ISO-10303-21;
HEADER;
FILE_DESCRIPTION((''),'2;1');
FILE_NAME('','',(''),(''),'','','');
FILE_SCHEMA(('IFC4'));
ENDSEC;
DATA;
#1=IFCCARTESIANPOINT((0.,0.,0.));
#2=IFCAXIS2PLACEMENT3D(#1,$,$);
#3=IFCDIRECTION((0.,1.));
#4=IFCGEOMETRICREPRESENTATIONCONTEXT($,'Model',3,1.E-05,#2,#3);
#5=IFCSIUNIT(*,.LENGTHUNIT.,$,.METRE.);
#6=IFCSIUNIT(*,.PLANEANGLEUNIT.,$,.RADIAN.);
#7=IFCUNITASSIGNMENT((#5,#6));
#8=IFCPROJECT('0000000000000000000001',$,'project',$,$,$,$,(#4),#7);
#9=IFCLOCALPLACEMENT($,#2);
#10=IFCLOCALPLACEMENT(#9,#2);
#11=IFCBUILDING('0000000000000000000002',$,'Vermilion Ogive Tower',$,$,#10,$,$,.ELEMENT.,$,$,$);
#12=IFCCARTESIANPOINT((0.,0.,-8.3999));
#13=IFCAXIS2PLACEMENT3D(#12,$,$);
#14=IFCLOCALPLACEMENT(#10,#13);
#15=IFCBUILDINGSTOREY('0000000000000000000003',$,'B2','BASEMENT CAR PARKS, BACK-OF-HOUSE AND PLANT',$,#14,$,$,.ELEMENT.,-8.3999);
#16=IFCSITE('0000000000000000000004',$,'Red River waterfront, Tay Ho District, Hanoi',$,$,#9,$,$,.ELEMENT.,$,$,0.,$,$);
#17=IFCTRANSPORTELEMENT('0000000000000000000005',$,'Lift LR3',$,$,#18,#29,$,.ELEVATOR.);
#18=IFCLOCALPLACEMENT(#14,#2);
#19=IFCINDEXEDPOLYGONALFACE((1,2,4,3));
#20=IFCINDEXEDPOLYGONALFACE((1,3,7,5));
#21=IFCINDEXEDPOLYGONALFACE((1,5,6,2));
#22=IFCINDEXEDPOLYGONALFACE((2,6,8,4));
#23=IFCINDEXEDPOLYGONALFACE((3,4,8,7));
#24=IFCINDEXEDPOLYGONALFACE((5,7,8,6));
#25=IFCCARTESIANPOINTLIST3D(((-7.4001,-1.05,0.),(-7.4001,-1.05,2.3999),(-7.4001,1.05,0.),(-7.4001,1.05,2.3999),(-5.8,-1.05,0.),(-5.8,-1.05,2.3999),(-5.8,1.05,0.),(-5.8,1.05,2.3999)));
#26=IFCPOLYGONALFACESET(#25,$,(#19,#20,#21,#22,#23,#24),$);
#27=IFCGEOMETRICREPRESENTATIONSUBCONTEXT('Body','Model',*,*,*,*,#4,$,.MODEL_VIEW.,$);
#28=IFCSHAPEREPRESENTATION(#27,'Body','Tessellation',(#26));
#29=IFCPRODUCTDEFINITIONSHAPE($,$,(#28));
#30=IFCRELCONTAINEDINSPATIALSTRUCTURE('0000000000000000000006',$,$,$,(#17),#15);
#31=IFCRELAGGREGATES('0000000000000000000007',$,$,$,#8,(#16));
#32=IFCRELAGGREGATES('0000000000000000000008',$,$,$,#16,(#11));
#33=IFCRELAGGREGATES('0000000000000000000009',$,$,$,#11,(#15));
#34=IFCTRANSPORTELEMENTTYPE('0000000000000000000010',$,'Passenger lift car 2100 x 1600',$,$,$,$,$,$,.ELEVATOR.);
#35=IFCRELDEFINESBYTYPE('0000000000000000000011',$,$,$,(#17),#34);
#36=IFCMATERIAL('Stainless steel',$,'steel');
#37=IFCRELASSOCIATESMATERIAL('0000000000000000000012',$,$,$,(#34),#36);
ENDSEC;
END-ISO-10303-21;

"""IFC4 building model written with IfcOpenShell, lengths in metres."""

from ifc_helpers import new_model, si_unit, direction, frame, origin, origin_2d, place, context, subcontext, project, spatial, rectangle, extrude, material, type_object, element, save


model = new_model("IFC4")

# Units and contexts
model_context = context("Model", 3, precision=1e-05, world=origin(), true_north=direction((0.0, 1.0)))
body_context = subcontext(model_context, "Body", "Model", "MODEL_VIEW")
ifc_project = project(units=[si_unit("LENGTHUNIT", "METRE"), si_unit("PLANEANGLEUNIT", "RADIAN")], contexts=[model_context])

# Site, building, storey
site_placement = place(None, origin())
site = spatial("IfcSite", under=ifc_project, at=site_placement, Name="Red River waterfront, Tay Ho District, Hanoi", CompositionType="ELEMENT", RefElevation=0.0)
building_placement = place(site_placement, origin())
building = spatial("IfcBuilding", under=site, at=building_placement, Name="Vermilion Ogive Tower", CompositionType="ELEMENT")
storey_placement = place(building_placement, frame((0.0, 0.0, -8.3999)))
storey = spatial("IfcBuildingStorey", under=building, at=storey_placement, Name="B2", Description="BASEMENT CAR PARKS, BACK-OF-HOUSE AND PLANT", CompositionType="ELEMENT", Elevation=-8.3999)

# Transport element
ifc_material_1 = material(Name="Stainless steel", Category="steel")
transport_element_type = type_object("IfcTransportElementType", Name="Passenger lift car 2100 x 1600", PredefinedType="ELEVATOR", material=ifc_material_1)
for number, where, z_axis, x_axis, name in (
    (1, (-6.6001, 0.0, 0.0), (0.0, 0.0, 1.0), (1.0, 0.0, 0.0), "Lift LR3"),
):
    element("IfcTransportElement", number, at=place(storey_placement, frame(where, z_axis=z_axis, x_axis=x_axis)), inside=storey, type_object=transport_element_type, Name=name, PredefinedType="ELEVATOR", context=body_context, shape_type="SweptSolid", body=[
        extrude(rectangle(XDim=1.6001, YDim=2.1001, at=origin_2d()), origin(), (0.0, 0.0, 1.0), 2.3999),
    ])

save(model, "model.ifc")
